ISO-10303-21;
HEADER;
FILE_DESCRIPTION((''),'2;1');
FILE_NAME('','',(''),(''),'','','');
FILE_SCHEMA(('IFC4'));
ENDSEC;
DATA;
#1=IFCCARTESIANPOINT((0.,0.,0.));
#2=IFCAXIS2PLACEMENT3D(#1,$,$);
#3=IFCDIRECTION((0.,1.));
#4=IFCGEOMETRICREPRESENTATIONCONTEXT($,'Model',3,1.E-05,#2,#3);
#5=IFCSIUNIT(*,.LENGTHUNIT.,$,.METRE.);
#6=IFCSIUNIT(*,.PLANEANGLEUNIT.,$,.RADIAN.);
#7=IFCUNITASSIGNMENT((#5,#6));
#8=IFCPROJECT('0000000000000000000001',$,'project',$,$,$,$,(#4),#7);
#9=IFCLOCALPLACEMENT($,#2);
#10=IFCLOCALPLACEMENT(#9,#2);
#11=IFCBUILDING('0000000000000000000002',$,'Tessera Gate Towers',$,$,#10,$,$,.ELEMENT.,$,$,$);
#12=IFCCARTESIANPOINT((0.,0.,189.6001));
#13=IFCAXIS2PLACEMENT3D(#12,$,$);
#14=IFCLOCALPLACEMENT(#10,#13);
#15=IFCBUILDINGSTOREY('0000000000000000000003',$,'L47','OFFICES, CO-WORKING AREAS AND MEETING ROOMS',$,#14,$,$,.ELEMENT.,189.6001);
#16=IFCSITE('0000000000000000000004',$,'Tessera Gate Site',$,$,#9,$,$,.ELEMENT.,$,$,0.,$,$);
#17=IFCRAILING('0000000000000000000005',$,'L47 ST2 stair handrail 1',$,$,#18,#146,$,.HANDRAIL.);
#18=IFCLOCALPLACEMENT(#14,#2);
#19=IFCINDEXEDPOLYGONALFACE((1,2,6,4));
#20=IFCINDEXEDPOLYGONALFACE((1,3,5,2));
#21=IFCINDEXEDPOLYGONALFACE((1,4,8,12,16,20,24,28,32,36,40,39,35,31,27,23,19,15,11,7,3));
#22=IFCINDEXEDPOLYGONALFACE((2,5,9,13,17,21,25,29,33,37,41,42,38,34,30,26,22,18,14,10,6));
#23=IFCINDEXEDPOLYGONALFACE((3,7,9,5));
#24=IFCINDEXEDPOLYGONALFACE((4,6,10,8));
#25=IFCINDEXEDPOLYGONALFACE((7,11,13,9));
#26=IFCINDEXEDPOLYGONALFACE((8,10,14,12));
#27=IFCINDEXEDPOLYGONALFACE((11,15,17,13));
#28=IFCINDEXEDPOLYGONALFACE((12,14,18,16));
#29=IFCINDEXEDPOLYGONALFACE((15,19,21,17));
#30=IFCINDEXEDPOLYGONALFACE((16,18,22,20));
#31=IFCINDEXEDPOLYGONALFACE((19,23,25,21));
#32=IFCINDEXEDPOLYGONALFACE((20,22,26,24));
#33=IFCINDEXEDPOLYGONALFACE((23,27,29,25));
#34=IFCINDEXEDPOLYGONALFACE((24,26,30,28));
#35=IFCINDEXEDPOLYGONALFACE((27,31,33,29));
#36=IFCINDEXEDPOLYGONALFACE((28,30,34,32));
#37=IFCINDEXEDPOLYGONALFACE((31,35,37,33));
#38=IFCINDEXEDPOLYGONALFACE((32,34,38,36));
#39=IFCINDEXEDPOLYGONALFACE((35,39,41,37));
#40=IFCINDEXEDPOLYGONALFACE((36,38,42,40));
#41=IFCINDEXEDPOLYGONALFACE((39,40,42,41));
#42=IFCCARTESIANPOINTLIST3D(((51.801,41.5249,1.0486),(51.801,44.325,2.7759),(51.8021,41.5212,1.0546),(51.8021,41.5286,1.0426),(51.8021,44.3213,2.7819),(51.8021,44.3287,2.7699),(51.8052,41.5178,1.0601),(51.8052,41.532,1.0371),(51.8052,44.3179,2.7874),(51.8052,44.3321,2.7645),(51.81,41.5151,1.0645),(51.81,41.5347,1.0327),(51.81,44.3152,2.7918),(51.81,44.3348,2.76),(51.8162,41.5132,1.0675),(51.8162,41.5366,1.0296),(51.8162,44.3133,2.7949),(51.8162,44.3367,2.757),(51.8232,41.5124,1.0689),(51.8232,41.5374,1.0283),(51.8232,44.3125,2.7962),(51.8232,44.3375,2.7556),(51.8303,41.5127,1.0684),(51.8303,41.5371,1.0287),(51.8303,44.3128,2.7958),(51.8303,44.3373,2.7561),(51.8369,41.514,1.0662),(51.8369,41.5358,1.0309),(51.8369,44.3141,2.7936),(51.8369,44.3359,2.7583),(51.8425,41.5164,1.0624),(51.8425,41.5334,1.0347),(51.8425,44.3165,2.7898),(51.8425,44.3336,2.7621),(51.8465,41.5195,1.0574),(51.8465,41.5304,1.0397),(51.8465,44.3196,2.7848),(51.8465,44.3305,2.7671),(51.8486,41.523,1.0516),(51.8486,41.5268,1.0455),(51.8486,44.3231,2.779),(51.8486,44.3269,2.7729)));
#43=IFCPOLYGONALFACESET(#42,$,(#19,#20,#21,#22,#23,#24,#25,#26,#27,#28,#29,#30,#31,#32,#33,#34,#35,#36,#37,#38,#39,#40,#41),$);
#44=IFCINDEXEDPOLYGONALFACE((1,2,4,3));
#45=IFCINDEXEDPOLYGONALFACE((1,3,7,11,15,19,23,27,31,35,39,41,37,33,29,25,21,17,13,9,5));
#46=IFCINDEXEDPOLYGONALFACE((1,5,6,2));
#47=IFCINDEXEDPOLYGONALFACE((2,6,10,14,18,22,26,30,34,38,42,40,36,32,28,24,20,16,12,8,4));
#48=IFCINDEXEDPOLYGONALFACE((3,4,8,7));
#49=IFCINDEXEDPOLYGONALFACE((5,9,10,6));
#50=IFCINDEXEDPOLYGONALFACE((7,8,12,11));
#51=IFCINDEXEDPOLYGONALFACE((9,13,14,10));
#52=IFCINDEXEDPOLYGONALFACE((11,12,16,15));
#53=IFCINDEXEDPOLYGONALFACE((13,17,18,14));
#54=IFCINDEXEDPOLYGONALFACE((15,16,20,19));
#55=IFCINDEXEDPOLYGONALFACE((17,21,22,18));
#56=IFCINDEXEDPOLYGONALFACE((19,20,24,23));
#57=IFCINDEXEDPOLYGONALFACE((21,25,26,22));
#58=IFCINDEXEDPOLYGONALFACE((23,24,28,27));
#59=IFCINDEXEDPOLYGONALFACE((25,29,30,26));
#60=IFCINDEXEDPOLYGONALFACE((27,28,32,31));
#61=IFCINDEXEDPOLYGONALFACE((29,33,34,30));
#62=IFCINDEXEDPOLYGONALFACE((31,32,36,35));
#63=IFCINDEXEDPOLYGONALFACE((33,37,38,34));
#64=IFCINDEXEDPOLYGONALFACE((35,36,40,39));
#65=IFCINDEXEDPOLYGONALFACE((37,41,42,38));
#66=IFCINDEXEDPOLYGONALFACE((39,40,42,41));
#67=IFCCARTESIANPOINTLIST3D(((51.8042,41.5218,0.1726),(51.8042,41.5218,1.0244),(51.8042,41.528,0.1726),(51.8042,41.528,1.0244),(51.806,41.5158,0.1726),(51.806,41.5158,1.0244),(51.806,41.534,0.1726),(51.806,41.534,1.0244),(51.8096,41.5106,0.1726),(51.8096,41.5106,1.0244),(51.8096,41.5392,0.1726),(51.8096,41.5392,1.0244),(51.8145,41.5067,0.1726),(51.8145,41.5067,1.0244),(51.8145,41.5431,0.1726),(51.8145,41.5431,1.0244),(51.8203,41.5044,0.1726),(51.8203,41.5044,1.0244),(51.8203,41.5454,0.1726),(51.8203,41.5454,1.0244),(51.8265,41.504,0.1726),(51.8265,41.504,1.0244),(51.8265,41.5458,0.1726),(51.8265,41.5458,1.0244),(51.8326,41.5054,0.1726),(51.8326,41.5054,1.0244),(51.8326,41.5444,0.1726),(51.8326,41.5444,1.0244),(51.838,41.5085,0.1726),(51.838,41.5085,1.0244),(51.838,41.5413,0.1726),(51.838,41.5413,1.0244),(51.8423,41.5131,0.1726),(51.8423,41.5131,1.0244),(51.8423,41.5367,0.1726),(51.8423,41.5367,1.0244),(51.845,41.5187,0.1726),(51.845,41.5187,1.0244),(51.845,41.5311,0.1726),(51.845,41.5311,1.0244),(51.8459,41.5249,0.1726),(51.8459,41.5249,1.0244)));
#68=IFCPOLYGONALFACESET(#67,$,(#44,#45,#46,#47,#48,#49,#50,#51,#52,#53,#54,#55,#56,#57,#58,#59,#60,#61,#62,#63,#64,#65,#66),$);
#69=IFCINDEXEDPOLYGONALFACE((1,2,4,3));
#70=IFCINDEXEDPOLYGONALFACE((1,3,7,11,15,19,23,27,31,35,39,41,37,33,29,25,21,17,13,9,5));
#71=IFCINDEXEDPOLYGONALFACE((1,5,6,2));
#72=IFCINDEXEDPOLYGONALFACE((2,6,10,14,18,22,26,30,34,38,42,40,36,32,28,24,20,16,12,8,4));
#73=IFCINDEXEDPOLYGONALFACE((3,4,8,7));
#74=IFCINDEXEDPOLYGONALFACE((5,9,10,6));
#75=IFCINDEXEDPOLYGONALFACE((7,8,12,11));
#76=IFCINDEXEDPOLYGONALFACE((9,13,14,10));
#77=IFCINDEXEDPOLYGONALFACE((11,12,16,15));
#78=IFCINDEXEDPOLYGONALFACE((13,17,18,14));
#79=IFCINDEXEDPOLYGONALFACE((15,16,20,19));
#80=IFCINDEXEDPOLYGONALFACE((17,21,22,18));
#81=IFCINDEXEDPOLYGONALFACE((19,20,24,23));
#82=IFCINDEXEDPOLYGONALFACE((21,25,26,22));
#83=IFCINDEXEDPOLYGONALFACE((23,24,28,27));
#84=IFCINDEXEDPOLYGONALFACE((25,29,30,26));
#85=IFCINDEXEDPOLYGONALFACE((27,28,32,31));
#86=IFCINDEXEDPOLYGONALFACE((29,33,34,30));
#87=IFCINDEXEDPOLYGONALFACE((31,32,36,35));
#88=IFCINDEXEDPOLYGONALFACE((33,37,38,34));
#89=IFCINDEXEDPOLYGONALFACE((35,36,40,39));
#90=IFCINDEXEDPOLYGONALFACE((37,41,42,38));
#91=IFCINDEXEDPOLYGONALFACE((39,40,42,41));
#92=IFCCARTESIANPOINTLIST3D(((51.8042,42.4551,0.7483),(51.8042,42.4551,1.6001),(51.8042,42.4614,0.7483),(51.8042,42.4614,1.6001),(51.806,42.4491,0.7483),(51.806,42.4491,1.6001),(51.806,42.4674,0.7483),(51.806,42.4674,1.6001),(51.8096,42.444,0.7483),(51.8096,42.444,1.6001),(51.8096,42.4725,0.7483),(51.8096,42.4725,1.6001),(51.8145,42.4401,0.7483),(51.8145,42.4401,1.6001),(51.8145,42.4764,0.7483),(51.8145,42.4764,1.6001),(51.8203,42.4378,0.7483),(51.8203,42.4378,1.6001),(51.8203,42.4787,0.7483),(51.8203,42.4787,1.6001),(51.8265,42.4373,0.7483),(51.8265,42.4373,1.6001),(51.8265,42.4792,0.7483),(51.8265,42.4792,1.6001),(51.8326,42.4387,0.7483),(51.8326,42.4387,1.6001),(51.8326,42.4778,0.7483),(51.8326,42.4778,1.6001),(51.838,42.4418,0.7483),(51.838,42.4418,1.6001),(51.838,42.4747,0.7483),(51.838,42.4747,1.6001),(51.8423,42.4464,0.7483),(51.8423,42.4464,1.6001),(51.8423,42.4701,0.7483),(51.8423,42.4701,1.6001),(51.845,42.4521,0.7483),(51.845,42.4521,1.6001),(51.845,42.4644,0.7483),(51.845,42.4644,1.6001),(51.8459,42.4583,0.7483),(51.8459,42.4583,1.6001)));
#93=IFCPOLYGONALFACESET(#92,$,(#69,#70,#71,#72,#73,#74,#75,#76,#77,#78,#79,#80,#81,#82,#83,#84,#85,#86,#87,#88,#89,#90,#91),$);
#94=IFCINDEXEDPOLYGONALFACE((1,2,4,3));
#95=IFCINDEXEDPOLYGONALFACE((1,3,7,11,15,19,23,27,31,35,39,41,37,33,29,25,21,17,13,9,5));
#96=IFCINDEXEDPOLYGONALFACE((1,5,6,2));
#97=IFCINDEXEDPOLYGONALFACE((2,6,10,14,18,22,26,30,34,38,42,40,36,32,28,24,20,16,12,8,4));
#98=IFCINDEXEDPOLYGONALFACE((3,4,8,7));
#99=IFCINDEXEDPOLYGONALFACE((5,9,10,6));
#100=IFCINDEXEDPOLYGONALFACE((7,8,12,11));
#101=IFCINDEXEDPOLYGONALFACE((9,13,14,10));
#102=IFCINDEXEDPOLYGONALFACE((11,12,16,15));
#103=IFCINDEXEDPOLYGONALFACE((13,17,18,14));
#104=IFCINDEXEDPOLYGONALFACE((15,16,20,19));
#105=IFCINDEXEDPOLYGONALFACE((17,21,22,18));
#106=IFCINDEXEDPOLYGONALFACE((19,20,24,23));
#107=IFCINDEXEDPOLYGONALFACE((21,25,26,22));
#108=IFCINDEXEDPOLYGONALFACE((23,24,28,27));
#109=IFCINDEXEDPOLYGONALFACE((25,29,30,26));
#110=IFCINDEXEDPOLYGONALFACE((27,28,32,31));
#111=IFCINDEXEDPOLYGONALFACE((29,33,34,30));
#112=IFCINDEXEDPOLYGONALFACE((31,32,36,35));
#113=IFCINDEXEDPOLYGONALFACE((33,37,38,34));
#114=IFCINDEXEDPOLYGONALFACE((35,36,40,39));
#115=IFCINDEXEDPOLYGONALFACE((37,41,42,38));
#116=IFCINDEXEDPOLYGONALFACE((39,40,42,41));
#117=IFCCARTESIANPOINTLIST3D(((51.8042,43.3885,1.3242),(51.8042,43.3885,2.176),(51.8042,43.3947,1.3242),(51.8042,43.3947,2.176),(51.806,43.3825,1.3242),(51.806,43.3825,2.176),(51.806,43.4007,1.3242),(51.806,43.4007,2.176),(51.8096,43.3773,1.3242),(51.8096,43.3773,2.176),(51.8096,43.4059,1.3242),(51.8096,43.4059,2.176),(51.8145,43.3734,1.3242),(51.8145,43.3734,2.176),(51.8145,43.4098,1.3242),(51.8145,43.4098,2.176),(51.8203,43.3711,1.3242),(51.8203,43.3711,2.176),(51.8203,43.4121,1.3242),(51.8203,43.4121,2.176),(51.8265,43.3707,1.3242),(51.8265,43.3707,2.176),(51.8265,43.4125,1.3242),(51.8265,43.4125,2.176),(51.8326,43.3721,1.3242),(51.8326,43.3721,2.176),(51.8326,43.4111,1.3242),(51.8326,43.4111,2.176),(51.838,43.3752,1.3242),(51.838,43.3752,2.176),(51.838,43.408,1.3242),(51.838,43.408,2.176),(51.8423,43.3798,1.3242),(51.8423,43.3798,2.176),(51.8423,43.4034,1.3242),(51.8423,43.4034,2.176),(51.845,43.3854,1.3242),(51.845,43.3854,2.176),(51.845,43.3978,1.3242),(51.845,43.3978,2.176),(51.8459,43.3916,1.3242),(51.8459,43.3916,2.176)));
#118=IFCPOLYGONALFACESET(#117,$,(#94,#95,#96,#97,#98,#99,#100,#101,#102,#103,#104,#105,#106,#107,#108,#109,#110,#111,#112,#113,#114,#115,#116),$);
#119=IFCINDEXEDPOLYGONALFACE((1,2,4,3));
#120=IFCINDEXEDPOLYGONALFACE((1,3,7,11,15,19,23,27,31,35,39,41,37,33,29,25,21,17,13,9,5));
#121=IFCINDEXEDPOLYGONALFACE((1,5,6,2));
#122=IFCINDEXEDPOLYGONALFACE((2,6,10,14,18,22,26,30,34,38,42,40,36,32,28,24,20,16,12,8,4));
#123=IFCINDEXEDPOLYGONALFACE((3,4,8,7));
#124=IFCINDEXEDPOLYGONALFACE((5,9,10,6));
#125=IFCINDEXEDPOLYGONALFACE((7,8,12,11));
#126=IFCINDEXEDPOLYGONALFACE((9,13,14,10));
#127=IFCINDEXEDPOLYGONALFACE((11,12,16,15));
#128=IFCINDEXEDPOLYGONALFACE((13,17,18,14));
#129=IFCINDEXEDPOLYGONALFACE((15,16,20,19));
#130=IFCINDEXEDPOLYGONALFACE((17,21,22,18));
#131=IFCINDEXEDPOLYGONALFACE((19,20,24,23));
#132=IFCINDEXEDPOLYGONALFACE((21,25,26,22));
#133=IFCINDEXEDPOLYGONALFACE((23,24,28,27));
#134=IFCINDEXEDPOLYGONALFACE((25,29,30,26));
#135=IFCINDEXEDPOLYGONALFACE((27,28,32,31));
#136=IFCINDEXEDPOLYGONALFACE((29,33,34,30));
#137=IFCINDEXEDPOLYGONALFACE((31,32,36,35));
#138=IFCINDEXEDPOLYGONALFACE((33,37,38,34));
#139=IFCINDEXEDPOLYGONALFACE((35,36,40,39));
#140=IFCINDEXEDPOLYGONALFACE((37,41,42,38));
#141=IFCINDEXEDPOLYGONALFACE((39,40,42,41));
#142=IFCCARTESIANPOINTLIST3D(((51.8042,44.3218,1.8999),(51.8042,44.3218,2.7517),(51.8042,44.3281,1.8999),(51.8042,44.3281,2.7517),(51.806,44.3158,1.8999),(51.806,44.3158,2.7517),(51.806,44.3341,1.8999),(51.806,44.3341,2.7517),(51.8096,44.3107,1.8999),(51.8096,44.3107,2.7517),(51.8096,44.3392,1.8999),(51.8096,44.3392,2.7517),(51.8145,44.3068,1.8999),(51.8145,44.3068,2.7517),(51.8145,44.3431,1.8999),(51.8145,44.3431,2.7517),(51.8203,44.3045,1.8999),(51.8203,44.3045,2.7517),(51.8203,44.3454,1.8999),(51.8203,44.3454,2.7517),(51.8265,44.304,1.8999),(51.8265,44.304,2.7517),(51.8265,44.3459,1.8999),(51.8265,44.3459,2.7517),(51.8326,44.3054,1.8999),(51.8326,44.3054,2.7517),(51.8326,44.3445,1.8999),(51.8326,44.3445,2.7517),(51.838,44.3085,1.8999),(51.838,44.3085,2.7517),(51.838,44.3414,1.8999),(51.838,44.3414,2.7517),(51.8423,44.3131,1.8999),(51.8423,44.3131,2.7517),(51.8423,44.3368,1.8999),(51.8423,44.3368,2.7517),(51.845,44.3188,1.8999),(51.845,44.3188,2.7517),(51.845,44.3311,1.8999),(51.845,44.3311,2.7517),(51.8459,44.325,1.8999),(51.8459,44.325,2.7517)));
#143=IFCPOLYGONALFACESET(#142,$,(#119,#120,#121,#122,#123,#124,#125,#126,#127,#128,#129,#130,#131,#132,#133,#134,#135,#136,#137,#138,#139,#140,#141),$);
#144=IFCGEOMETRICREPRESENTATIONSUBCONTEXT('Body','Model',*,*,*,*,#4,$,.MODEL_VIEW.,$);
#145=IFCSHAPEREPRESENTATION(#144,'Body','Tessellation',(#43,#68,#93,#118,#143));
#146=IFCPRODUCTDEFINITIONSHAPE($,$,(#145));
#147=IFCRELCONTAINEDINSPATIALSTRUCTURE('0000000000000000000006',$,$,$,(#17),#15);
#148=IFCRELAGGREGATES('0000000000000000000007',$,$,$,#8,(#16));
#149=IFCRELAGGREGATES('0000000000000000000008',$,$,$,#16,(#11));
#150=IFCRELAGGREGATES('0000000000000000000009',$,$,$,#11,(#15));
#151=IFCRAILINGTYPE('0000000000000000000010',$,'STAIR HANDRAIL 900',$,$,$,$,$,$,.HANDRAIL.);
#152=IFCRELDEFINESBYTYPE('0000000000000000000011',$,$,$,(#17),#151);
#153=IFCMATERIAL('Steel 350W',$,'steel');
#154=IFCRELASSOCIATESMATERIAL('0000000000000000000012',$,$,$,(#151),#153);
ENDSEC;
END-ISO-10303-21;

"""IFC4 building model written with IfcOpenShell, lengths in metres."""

from ifc_helpers import new_model, si_unit, direction, frame, origin, origin_2d, place, context, subcontext, project, spatial, circle, extrude, material, type_object, element, save


model = new_model("IFC4")

# Units and contexts
model_context = context("Model", 3, precision=1e-05, world=origin(), true_north=direction((0.0, 1.0)))
body_context = subcontext(model_context, "Body", "Model", "MODEL_VIEW")
ifc_project = project(units=[si_unit("LENGTHUNIT", "METRE"), si_unit("PLANEANGLEUNIT", "RADIAN")], contexts=[model_context])

# Site, building, storey
site_placement = place(None, origin())
site = spatial("IfcSite", under=ifc_project, at=site_placement, Name="Tessera Gate Site", CompositionType="ELEMENT", RefElevation=0.0)
building_placement = place(site_placement, origin())
building = spatial("IfcBuilding", under=site, at=building_placement, Name="Tessera Gate Towers", CompositionType="ELEMENT")
storey_placement = place(building_placement, frame((0.0, 0.0, 189.6001)))
storey = spatial("IfcBuildingStorey", under=building, at=storey_placement, Name="L47", Description="OFFICES, CO-WORKING AREAS AND MEETING ROOMS", CompositionType="ELEMENT", Elevation=189.6001)

# Railing
ifc_material_1 = material(Name="Steel 350W", Category="steel")
railing_type_1 = type_object("IfcRailingType", Name="STAIR HANDRAIL 900", PredefinedType="HANDRAIL", material=ifc_material_1)
railing_1_placement = place(storey_placement, frame((51.825, 41.5249, 0.1726)))
element("IfcRailing", 1, at=railing_1_placement, inside=storey, type_object=railing_type_1, Name="L47 ST2 stair handrail 1", PredefinedType="HANDRAIL", context=body_context, shape_type="SweptSolid", body=[
    extrude(circle(Radius=0.0239, at=origin_2d()), frame((0.0, 0.0, 0.876), z_axis=(0.0, 0.85109, 0.52502), x_axis=(-1.0, 0.0, 0.0)), (0.0, 0.0, 1.0), 3.29),
    extrude(circle(Radius=0.021, at=origin_2d()), origin(), (0.0, 0.0, 1.0), 0.8518),
    extrude(circle(Radius=0.021, at=origin_2d()), frame((0.0, 0.9333, 0.5757)), (0.0, 0.0, 1.0), 0.8518),
    extrude(circle(Radius=0.021, at=origin_2d()), frame((0.0, 1.8667, 1.1516)), (0.0, 0.0, 1.0), 0.8518),
    extrude(circle(Radius=0.021, at=origin_2d()), frame((0.0, 2.8, 1.7273)), (0.0, 0.0, 1.0), 0.8518),
])

save(model, "model.ifc")
